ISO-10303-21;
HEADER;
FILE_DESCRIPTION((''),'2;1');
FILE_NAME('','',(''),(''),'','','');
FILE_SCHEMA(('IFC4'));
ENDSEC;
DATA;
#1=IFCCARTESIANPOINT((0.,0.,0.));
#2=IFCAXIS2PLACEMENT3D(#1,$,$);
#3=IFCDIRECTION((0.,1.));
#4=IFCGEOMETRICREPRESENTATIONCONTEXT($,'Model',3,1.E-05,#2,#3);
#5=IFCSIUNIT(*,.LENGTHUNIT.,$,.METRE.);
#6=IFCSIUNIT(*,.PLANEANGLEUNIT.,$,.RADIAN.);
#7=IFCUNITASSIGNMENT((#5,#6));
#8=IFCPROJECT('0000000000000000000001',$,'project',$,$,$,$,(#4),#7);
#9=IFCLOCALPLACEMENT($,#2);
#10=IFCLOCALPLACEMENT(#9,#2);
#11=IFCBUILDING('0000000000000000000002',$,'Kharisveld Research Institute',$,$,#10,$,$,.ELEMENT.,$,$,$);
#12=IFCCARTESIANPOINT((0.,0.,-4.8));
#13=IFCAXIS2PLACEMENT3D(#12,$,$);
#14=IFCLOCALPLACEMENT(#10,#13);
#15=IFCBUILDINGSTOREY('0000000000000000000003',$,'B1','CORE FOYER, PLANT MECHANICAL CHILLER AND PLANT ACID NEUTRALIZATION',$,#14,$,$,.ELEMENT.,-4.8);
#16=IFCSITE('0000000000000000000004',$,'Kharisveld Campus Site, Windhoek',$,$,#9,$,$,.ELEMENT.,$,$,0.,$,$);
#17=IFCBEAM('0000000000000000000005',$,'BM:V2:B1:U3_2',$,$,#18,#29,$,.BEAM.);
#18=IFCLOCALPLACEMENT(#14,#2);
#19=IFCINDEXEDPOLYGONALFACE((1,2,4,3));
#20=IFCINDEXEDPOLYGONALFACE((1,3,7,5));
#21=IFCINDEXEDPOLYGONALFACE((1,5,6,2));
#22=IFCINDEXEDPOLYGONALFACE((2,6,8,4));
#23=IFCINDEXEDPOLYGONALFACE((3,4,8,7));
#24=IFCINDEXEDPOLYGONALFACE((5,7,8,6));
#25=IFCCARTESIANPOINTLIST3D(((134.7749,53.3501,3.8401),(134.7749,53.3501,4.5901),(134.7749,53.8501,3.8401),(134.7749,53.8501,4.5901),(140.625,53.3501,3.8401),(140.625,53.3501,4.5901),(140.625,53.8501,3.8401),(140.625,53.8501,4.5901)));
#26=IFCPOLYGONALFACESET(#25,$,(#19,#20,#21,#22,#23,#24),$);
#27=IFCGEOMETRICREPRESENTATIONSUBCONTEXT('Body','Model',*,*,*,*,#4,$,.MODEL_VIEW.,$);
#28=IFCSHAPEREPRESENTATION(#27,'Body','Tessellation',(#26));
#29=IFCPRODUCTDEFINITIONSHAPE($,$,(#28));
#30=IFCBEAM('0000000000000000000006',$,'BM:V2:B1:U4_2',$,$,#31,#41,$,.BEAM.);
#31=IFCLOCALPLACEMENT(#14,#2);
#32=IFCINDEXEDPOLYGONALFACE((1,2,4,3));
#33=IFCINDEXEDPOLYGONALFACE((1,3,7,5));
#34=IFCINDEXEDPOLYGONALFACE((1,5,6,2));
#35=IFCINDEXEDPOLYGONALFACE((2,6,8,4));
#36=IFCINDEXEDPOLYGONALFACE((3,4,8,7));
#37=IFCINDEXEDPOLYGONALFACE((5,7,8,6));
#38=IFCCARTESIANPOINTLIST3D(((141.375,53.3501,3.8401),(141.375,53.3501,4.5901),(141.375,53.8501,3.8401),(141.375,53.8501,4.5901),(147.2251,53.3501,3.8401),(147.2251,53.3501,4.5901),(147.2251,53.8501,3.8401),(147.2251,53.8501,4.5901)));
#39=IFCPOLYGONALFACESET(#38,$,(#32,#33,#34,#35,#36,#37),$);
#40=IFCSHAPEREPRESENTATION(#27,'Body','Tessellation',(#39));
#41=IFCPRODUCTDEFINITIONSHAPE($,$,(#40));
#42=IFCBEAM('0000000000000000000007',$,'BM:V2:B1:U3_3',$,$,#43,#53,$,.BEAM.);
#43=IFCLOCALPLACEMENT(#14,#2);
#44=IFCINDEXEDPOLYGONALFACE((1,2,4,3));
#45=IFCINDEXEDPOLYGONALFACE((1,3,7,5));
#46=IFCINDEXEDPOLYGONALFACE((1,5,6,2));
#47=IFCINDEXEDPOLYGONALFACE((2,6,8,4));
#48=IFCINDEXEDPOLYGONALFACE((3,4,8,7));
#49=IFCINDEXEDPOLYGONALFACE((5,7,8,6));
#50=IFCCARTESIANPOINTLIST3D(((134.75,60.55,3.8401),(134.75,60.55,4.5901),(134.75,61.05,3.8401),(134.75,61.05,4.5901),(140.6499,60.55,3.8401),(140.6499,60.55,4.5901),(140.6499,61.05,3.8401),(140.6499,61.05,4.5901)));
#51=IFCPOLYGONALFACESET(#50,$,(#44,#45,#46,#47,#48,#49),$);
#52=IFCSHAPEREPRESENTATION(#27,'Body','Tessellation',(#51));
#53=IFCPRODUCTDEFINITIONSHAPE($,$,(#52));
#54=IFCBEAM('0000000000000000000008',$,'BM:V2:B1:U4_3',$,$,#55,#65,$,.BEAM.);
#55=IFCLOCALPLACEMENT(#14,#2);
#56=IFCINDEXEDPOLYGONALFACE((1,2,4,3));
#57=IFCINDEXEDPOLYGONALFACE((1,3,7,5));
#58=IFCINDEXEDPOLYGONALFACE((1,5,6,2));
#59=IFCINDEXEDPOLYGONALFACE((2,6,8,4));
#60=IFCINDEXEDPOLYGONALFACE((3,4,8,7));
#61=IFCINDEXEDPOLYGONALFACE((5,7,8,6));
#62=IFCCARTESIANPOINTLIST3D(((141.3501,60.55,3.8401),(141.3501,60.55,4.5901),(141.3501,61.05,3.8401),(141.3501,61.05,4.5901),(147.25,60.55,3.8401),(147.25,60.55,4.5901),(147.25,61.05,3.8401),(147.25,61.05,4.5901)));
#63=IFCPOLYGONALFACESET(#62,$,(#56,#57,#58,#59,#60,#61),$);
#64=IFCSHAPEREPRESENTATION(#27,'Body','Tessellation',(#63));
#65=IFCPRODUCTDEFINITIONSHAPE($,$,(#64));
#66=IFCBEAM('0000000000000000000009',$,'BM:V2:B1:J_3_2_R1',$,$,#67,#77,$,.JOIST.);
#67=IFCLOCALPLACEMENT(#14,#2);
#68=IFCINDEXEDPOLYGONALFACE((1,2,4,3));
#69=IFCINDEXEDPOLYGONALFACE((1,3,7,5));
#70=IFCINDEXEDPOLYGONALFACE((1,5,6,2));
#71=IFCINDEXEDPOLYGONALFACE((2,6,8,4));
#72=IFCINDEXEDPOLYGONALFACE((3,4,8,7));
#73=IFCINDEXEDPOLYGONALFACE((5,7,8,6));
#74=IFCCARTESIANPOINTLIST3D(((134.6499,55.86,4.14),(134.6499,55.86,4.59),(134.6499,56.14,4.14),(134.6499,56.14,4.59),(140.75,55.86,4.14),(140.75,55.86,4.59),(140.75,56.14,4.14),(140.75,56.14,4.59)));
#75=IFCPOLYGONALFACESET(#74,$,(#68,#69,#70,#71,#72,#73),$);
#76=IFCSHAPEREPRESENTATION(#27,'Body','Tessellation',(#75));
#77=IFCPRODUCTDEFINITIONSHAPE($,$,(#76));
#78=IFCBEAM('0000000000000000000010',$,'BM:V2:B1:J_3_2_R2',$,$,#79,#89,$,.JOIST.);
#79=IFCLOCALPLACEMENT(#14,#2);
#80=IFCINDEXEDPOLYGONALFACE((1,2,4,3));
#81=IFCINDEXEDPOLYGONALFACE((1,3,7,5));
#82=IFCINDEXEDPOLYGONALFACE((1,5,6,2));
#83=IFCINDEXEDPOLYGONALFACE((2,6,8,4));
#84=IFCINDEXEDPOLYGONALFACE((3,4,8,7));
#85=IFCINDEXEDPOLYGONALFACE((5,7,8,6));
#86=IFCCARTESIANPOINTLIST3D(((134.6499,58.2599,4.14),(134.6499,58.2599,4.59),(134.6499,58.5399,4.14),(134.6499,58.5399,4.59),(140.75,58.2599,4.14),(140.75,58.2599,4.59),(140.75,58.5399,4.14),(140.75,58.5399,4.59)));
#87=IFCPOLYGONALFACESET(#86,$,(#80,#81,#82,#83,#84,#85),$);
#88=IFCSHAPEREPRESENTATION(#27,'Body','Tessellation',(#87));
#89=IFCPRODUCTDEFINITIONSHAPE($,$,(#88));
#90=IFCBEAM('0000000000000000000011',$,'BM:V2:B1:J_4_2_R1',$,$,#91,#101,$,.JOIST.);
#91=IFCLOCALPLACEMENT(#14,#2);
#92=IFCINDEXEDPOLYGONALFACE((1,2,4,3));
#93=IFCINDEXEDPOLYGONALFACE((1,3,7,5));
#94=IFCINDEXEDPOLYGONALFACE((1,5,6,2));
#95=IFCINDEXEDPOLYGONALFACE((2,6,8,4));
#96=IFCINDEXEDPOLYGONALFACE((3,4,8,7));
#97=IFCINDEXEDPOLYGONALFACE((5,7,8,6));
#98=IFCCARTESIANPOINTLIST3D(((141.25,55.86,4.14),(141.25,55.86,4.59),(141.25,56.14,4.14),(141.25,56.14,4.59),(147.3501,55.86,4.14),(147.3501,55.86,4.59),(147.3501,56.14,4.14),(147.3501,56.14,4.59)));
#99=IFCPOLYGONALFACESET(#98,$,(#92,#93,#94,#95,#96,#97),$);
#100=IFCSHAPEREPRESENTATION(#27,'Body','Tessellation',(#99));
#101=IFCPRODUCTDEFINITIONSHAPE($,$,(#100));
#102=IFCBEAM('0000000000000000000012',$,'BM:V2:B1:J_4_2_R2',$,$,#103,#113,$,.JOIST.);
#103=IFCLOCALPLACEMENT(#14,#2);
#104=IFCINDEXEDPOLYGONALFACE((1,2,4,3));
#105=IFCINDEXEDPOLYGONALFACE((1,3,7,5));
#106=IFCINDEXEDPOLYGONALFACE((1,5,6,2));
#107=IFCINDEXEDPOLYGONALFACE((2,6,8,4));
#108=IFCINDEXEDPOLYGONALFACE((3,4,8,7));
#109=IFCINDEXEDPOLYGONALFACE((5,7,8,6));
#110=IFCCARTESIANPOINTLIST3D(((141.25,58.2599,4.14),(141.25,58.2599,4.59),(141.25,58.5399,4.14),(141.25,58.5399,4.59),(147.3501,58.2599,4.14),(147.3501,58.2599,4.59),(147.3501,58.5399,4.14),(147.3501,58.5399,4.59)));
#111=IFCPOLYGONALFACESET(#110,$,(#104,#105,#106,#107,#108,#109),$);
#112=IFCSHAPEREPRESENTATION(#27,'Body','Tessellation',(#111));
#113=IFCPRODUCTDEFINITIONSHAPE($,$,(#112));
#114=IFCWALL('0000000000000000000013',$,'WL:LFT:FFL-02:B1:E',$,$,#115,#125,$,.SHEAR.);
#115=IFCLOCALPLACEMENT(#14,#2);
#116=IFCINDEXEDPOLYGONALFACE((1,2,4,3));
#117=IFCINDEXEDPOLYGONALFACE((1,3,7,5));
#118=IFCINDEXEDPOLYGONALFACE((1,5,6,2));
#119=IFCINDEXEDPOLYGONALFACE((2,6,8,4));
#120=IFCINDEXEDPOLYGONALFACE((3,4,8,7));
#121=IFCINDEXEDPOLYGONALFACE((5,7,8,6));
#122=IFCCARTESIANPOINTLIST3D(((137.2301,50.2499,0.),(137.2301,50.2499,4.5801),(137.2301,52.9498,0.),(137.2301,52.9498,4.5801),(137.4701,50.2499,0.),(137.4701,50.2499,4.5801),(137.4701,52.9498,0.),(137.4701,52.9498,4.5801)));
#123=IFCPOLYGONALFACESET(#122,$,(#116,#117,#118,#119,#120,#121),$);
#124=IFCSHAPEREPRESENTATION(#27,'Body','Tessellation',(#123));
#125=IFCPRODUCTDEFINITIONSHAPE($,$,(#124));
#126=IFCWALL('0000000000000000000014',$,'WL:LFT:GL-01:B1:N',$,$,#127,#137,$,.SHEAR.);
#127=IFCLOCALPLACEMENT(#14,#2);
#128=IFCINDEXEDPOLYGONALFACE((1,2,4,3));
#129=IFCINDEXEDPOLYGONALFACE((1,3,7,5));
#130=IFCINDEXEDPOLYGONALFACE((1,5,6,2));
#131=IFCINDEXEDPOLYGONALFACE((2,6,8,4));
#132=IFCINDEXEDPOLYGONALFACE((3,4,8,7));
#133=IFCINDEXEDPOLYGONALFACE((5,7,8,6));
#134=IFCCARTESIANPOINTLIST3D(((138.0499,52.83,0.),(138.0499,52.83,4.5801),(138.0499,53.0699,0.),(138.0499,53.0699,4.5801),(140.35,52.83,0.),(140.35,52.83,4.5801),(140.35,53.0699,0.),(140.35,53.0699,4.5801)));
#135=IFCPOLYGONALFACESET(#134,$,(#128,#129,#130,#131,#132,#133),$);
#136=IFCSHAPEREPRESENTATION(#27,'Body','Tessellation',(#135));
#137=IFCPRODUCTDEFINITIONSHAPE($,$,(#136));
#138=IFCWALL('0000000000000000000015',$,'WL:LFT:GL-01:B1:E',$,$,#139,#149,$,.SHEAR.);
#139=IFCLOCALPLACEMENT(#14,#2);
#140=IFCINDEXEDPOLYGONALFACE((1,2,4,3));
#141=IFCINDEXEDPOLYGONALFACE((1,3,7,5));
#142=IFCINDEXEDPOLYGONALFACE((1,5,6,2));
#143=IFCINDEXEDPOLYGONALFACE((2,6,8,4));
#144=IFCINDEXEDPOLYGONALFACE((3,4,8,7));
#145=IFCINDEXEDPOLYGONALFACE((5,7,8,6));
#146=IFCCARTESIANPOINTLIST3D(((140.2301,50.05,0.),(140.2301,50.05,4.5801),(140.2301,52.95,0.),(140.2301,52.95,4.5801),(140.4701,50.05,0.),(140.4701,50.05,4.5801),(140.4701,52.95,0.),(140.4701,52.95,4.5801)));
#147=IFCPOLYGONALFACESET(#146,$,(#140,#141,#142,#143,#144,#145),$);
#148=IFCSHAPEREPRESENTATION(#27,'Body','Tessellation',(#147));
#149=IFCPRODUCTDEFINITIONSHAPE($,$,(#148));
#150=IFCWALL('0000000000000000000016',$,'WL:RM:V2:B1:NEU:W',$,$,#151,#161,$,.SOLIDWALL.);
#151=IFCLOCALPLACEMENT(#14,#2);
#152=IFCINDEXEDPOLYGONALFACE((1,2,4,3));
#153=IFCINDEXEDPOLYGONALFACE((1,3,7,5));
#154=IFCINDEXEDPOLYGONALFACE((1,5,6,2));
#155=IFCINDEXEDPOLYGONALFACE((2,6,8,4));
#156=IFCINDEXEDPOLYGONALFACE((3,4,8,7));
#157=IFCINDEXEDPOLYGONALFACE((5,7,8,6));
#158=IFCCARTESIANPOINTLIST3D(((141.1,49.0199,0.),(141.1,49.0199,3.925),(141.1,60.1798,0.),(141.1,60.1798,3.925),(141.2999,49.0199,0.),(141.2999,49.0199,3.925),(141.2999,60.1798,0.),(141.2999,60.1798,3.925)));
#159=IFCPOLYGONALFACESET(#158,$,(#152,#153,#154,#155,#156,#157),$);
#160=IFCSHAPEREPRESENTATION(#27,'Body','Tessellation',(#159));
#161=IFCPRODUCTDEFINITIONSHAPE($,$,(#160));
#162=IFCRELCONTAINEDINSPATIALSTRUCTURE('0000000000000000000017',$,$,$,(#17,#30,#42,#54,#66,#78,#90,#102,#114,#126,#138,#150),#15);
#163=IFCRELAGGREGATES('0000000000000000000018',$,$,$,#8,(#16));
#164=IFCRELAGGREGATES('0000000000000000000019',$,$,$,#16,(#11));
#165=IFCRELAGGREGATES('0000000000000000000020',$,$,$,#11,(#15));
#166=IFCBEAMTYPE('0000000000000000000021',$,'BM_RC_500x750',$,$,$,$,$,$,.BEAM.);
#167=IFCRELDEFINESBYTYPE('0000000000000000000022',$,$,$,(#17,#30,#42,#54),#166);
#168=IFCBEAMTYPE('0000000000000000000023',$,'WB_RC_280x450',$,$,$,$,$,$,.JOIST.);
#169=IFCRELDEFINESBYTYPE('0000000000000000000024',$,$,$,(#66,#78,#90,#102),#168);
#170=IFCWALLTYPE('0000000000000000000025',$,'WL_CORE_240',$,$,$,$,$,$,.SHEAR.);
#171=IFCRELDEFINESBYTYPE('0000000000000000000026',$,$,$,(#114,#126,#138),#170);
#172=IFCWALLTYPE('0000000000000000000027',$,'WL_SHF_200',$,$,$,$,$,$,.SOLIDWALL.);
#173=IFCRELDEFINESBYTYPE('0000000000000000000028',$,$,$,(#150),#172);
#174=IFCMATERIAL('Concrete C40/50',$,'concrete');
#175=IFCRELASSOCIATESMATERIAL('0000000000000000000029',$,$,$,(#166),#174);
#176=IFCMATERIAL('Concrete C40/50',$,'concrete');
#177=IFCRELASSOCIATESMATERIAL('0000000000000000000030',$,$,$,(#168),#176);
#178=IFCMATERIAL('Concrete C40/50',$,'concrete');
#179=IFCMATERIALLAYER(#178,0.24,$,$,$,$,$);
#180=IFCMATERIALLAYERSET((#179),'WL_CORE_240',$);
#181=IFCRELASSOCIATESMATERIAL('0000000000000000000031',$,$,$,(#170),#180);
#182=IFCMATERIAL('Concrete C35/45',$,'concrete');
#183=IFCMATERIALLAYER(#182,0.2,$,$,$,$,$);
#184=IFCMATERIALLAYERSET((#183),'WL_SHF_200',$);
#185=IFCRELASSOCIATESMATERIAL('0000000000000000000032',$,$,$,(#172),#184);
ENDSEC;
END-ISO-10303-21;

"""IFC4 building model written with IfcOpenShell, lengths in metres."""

from ifc_helpers import new_model, si_unit, direction, frame, frame_2d, origin, origin_2d, place, context, subcontext, project, spatial, rectangle, extrude, material, layer, layer_set, material_profile, profile_set, type_object, element, save


model = new_model("IFC4")

# Units and contexts
model_context = context("Model", 3, precision=1e-05, world=origin(), true_north=direction((0.0, 1.0)))
body_context = subcontext(model_context, "Body", "Model", "MODEL_VIEW")
ifc_project = project(units=[si_unit("LENGTHUNIT", "METRE"), si_unit("PLANEANGLEUNIT", "RADIAN")], contexts=[model_context])

# Site, building, storey
site_placement = place(None, origin())
site = spatial("IfcSite", under=ifc_project, at=site_placement, Name="Kharisveld Campus Site, Windhoek", CompositionType="ELEMENT", RefElevation=0.0)
building_placement = place(site_placement, origin())
building = spatial("IfcBuilding", under=site, at=building_placement, Name="Kharisveld Research Institute", CompositionType="ELEMENT")
storey_placement = place(building_placement, frame((0.0, 0.0, -4.8)))
storey = spatial("IfcBuildingStorey", under=building, at=storey_placement, Name="B1", Description="CORE FOYER, PLANT MECHANICAL CHILLER AND PLANT ACID NEUTRALIZATION", CompositionType="ELEMENT", Elevation=-4.8)

# Beams
ifc_material_1 = material(Name="Concrete C40/50", Category="concrete")
ifc_material_profile_1 = material_profile(ifc_material_1, rectangle(XDim=0.5, YDim=0.75, at=origin_2d()))
ifc_profile_set_1 = profile_set([ifc_material_profile_1], Name="Concrete C40/50")
beam_type_1 = type_object("IfcBeamType", Name="BM_RC_500x750", PredefinedType="BEAM", material=ifc_profile_set_1)
for number, where, z_axis, x_axis, name in (
    (1, (134.7749, 53.6001, 4.2151), (1.0, 0.0, 0.0), (0.0, 1.0, 0.0), "BM:V2:B1:U3_2"),
    (2, (141.375, 53.6001, 4.2151), (1.0, 0.0, 0.0), (0.0, 1.0, 0.0), "BM:V2:B1:U4_2"),
):
    element("IfcBeam", number, at=place(storey_placement, frame(where, z_axis=z_axis, x_axis=x_axis)), inside=storey, type_object=beam_type_1, Name=name, PredefinedType="BEAM", context=body_context, shape_type="SweptSolid", body=[
        extrude(rectangle(XDim=0.5, YDim=0.75, at=origin_2d()), origin(), (0.0, 0.0, 1.0), 5.8501),
    ])
for number, where, z_axis, x_axis, name in (
    (3, (134.75, 60.8, 4.2151), (1.0, 0.0, 0.0), (0.0, 1.0, 0.0), "BM:V2:B1:U3_3"),
    (4, (141.3501, 60.8, 4.2151), (1.0, 0.0, 0.0), (0.0, 1.0, 0.0), "BM:V2:B1:U4_3"),
):
    element("IfcBeam", number, at=place(storey_placement, frame(where, z_axis=z_axis, x_axis=x_axis)), inside=storey, type_object=beam_type_1, Name=name, PredefinedType="BEAM", context=body_context, shape_type="SweptSolid", body=[
        extrude(rectangle(XDim=0.5, YDim=0.75, at=origin_2d()), origin(), (0.0, 0.0, 1.0), 5.8999),
    ])
ifc_material_2 = material(Name="Concrete C40/50", Category="concrete")
ifc_material_profile_2 = material_profile(ifc_material_2, rectangle(XDim=0.28, YDim=0.45, at=origin_2d()))
ifc_profile_set_2 = profile_set([ifc_material_profile_2], Name="Concrete C40/50")
beam_type_2 = type_object("IfcBeamType", Name="WB_RC_280x450", PredefinedType="JOIST", material=ifc_profile_set_2)
for number, where, z_axis, x_axis, name in (
    (5, (134.6499, 56.0, 4.365), (1.0, 0.0, 0.0), (0.0, 1.0, 0.0), "BM:V2:B1:J_3_2_R1"),
    (6, (134.6499, 58.3999, 4.365), (1.0, 0.0, 0.0), (0.0, 1.0, 0.0), "BM:V2:B1:J_3_2_R2"),
    (7, (141.25, 56.0, 4.365), (1.0, 0.0, 0.0), (0.0, 1.0, 0.0), "BM:V2:B1:J_4_2_R1"),
    (8, (141.25, 58.3999, 4.365), (1.0, 0.0, 0.0), (0.0, 1.0, 0.0), "BM:V2:B1:J_4_2_R2"),
):
    element("IfcBeam", number, at=place(storey_placement, frame(where, z_axis=z_axis, x_axis=x_axis)), inside=storey, type_object=beam_type_2, Name=name, PredefinedType="JOIST", context=body_context, shape_type="SweptSolid", body=[
        extrude(rectangle(XDim=0.28, YDim=0.45, at=origin_2d()), origin(), (0.0, 0.0, 1.0), 6.1001),
    ])

# Walls
ifc_material_3 = material(Name="Concrete C40/50", Category="concrete")
ifc_layer_1 = layer(ifc_material_3, 0.24)
ifc_layer_set_1 = layer_set([ifc_layer_1], Name="WL_CORE_240")
wall_type_1 = type_object("IfcWallType", Name="WL_CORE_240", PredefinedType="SHEAR", material=ifc_layer_set_1)
wall_1_placement = place(storey_placement, frame((137.3501, 52.95, 0.0), z_axis=(0.0, 0.0, 1.0), x_axis=(0.0, -1.0, 0.0)))
element("IfcWall", 9, at=wall_1_placement, inside=storey, type_object=wall_type_1, Name="WL:LFT:FFL-02:B1:E", PredefinedType="SHEAR", context=body_context, shape_type="SweptSolid", body=[
    extrude(rectangle(XDim=2.7, YDim=0.24, at=frame_2d((1.3501, 0.0))), origin(), (0.0, 0.0, 1.0), 4.5801),
])
wall_2_placement = place(storey_placement, frame((138.05, 52.95, 0.0), z_axis=(0.0, 0.0, 1.0), x_axis=(1.0, 0.0, 0.0)))
element("IfcWall", 10, at=wall_2_placement, inside=storey, type_object=wall_type_1, Name="WL:LFT:GL-01:B1:N", PredefinedType="SHEAR", context=body_context, shape_type="SweptSolid", body=[
    extrude(rectangle(XDim=2.3, YDim=0.24, at=frame_2d((1.1499, 0.0))), origin(), (0.0, 0.0, 1.0), 4.5801),
])
wall_3_placement = place(storey_placement, frame((140.3501, 52.95, 0.0), z_axis=(0.0, 0.0, 1.0), x_axis=(0.0, -1.0, 0.0)))
element("IfcWall", 11, at=wall_3_placement, inside=storey, type_object=wall_type_1, Name="WL:LFT:GL-01:B1:E", PredefinedType="SHEAR", context=body_context, shape_type="SweptSolid", body=[
    extrude(rectangle(XDim=2.8999, YDim=0.24, at=frame_2d((1.45, 0.0))), origin(), (0.0, 0.0, 1.0), 4.5801),
])
ifc_material_4 = material(Name="Concrete C35/45", Category="concrete")
ifc_layer_2 = layer(ifc_material_4, 0.2)
ifc_layer_set_2 = layer_set([ifc_layer_2], Name="WL_SHF_200")
wall_type_2 = type_object("IfcWallType", Name="WL_SHF_200", PredefinedType="SOLIDWALL", material=ifc_layer_set_2)
wall_4_placement = place(storey_placement, frame((141.2, 60.1799, 0.0), z_axis=(0.0, 0.0, 1.0), x_axis=(0.0, -1.0, 0.0)))
element("IfcWall", 12, at=wall_4_placement, inside=storey, type_object=wall_type_2, Name="WL:RM:V2:B1:NEU:W", PredefinedType="SOLIDWALL", context=body_context, shape_type="SweptSolid", body=[
    extrude(rectangle(XDim=11.1599, YDim=0.2, at=frame_2d((5.5801, 0.0))), origin(), (0.0, 0.0, 1.0), 3.925),
])

save(model, "model.ifc")
